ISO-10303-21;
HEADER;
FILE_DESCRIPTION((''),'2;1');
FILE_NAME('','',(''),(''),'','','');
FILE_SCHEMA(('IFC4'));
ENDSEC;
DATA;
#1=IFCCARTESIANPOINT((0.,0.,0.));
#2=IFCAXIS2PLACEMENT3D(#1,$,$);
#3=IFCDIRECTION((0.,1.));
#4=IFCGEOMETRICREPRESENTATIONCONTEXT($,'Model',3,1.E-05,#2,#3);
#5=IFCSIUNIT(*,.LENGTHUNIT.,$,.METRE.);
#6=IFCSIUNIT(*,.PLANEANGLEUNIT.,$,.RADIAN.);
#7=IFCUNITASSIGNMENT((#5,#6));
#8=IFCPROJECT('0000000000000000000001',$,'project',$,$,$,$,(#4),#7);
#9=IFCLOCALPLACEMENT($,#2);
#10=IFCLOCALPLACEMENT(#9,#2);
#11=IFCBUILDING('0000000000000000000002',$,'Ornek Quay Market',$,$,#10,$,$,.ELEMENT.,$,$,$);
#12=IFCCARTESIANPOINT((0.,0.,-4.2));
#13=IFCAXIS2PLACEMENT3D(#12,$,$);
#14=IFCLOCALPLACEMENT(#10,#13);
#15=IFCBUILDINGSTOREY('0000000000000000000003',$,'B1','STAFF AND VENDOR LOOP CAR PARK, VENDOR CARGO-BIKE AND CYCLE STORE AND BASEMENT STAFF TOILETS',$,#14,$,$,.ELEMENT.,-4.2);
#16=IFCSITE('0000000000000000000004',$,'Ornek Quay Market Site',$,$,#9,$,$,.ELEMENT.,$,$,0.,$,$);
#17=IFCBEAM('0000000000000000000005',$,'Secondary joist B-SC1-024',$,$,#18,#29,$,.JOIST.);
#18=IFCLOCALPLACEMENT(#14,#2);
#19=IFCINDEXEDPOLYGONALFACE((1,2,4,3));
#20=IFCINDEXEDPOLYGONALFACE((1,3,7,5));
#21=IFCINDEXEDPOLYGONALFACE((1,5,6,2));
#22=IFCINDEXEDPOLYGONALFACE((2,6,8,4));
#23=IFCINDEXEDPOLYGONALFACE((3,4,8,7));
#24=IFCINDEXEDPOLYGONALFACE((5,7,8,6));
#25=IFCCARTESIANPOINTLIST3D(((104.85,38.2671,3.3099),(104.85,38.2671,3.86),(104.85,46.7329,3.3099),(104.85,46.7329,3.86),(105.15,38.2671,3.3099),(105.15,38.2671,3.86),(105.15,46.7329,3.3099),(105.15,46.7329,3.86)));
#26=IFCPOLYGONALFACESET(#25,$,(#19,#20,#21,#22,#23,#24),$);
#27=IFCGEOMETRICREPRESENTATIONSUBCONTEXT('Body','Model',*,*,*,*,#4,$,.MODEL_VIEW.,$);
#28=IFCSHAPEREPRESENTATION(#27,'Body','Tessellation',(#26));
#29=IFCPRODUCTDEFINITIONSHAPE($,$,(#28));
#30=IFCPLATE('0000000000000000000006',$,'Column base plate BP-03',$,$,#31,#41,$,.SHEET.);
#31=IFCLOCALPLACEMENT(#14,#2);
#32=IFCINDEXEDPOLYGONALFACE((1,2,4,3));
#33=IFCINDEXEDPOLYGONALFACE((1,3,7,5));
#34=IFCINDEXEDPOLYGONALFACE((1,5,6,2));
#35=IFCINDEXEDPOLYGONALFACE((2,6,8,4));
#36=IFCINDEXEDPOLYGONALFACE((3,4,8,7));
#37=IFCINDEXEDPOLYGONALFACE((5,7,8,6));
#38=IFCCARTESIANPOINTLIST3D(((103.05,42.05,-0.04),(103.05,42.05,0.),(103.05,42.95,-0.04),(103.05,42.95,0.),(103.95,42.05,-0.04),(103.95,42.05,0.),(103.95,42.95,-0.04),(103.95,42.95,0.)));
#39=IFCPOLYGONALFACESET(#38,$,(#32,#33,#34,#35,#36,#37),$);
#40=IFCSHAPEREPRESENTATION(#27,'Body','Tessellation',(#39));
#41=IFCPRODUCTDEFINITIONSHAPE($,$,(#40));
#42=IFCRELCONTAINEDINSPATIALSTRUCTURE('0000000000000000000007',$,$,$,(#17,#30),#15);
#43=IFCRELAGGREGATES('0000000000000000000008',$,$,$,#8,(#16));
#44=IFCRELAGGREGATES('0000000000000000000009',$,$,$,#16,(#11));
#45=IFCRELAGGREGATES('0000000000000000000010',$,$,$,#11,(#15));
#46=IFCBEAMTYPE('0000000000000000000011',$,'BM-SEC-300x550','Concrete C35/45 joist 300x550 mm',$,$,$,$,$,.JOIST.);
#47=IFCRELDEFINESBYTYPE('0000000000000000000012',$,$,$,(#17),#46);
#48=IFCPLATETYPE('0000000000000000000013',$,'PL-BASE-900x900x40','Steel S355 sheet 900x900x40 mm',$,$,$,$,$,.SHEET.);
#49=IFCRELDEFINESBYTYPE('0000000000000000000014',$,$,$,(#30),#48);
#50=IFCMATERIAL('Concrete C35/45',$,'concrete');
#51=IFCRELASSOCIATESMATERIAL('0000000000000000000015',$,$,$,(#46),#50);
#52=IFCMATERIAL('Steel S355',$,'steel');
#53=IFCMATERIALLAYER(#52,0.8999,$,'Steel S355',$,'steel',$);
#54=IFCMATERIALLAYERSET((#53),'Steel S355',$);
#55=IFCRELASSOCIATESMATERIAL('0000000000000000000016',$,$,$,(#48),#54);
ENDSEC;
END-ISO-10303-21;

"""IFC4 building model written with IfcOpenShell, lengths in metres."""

from ifc_helpers import new_model, si_unit, direction, frame, origin, origin_2d, place, context, subcontext, project, spatial, rectangle, extrude, material, layer, layer_set, material_profile, profile_set, type_object, element, save


model = new_model("IFC4")

# Units and contexts
model_context = context("Model", 3, precision=1e-05, world=origin(), true_north=direction((0.0, 1.0)))
body_context = subcontext(model_context, "Body", "Model", "MODEL_VIEW")
ifc_project = project(units=[si_unit("LENGTHUNIT", "METRE"), si_unit("PLANEANGLEUNIT", "RADIAN")], contexts=[model_context])

# Site, building, storey
site_placement = place(None, origin())
site = spatial("IfcSite", under=ifc_project, at=site_placement, Name="Ornek Quay Market Site", CompositionType="ELEMENT", RefElevation=0.0)
building_placement = place(site_placement, origin())
building = spatial("IfcBuilding", under=site, at=building_placement, Name="Ornek Quay Market", CompositionType="ELEMENT")
storey_placement = place(building_placement, frame((0.0, 0.0, -4.2)))
storey = spatial("IfcBuildingStorey", under=building, at=storey_placement, Name="B1", Description="STAFF AND VENDOR LOOP CAR PARK, VENDOR CARGO-BIKE AND CYCLE STORE AND BASEMENT STAFF TOILETS", CompositionType="ELEMENT", Elevation=-4.2)

# Shared definitions
ifc_material_1 = material(Name="Concrete C35/45", Category="concrete")

# Shared definitions
ifc_material_2 = material(Name="Steel S355", Category="steel")

# Beam
ifc_material_profile_1 = material_profile(ifc_material_1, rectangle(XDim=0.3, YDim=0.55, at=origin_2d()), Name="RC 300x550", Category="concrete")
ifc_profile_set_1 = profile_set([ifc_material_profile_1], Name="Concrete C35/45")
beam_type_1 = type_object("IfcBeamType", Name="BM-SEC-300x550", Description="Concrete C35/45 joist 300x550 mm", PredefinedType="JOIST", material=ifc_profile_set_1)
for number, where, z_axis, x_axis, name in (
    (1, (105.0, 38.2671, 3.585), (0.0, 1.0, 0.0), (-1.0, 0.0, 0.0), "Secondary joist B-SC1-024"),
):
    element("IfcBeam", number, at=place(storey_placement, frame(where, z_axis=z_axis, x_axis=x_axis)), inside=storey, type_object=beam_type_1, Name=name, PredefinedType="JOIST", context=body_context, shape_type="SweptSolid", body=[
        extrude(rectangle(XDim=0.3, YDim=0.55, at=origin_2d()), origin(), (0.0, 0.0, 1.0), 8.4658),
    ])

# Plate
ifc_layer = layer(ifc_material_2, 0.8999, Name="Steel S355", Category="steel")
ifc_layer_set = layer_set([ifc_layer], Name="Steel S355")
plate_type = type_object("IfcPlateType", Name="PL-BASE-900x900x40", Description="Steel S355 sheet 900x900x40 mm", PredefinedType="SHEET", material=ifc_layer_set)
plate_placement = place(storey_placement, frame((103.5, 42.5, -0.04), z_axis=(0.0, 0.0, 1.0), x_axis=(1.0, 0.0, 0.0)))
element("IfcPlate", 2, at=plate_placement, inside=storey, type_object=plate_type, Name="Column base plate BP-03", PredefinedType="SHEET", context=body_context, shape_type="SweptSolid", body=[
    extrude(rectangle(XDim=0.8999, YDim=0.8999, at=origin_2d()), origin(), (0.0, 0.0, 1.0), 0.04),
])

save(model, "model.ifc")
